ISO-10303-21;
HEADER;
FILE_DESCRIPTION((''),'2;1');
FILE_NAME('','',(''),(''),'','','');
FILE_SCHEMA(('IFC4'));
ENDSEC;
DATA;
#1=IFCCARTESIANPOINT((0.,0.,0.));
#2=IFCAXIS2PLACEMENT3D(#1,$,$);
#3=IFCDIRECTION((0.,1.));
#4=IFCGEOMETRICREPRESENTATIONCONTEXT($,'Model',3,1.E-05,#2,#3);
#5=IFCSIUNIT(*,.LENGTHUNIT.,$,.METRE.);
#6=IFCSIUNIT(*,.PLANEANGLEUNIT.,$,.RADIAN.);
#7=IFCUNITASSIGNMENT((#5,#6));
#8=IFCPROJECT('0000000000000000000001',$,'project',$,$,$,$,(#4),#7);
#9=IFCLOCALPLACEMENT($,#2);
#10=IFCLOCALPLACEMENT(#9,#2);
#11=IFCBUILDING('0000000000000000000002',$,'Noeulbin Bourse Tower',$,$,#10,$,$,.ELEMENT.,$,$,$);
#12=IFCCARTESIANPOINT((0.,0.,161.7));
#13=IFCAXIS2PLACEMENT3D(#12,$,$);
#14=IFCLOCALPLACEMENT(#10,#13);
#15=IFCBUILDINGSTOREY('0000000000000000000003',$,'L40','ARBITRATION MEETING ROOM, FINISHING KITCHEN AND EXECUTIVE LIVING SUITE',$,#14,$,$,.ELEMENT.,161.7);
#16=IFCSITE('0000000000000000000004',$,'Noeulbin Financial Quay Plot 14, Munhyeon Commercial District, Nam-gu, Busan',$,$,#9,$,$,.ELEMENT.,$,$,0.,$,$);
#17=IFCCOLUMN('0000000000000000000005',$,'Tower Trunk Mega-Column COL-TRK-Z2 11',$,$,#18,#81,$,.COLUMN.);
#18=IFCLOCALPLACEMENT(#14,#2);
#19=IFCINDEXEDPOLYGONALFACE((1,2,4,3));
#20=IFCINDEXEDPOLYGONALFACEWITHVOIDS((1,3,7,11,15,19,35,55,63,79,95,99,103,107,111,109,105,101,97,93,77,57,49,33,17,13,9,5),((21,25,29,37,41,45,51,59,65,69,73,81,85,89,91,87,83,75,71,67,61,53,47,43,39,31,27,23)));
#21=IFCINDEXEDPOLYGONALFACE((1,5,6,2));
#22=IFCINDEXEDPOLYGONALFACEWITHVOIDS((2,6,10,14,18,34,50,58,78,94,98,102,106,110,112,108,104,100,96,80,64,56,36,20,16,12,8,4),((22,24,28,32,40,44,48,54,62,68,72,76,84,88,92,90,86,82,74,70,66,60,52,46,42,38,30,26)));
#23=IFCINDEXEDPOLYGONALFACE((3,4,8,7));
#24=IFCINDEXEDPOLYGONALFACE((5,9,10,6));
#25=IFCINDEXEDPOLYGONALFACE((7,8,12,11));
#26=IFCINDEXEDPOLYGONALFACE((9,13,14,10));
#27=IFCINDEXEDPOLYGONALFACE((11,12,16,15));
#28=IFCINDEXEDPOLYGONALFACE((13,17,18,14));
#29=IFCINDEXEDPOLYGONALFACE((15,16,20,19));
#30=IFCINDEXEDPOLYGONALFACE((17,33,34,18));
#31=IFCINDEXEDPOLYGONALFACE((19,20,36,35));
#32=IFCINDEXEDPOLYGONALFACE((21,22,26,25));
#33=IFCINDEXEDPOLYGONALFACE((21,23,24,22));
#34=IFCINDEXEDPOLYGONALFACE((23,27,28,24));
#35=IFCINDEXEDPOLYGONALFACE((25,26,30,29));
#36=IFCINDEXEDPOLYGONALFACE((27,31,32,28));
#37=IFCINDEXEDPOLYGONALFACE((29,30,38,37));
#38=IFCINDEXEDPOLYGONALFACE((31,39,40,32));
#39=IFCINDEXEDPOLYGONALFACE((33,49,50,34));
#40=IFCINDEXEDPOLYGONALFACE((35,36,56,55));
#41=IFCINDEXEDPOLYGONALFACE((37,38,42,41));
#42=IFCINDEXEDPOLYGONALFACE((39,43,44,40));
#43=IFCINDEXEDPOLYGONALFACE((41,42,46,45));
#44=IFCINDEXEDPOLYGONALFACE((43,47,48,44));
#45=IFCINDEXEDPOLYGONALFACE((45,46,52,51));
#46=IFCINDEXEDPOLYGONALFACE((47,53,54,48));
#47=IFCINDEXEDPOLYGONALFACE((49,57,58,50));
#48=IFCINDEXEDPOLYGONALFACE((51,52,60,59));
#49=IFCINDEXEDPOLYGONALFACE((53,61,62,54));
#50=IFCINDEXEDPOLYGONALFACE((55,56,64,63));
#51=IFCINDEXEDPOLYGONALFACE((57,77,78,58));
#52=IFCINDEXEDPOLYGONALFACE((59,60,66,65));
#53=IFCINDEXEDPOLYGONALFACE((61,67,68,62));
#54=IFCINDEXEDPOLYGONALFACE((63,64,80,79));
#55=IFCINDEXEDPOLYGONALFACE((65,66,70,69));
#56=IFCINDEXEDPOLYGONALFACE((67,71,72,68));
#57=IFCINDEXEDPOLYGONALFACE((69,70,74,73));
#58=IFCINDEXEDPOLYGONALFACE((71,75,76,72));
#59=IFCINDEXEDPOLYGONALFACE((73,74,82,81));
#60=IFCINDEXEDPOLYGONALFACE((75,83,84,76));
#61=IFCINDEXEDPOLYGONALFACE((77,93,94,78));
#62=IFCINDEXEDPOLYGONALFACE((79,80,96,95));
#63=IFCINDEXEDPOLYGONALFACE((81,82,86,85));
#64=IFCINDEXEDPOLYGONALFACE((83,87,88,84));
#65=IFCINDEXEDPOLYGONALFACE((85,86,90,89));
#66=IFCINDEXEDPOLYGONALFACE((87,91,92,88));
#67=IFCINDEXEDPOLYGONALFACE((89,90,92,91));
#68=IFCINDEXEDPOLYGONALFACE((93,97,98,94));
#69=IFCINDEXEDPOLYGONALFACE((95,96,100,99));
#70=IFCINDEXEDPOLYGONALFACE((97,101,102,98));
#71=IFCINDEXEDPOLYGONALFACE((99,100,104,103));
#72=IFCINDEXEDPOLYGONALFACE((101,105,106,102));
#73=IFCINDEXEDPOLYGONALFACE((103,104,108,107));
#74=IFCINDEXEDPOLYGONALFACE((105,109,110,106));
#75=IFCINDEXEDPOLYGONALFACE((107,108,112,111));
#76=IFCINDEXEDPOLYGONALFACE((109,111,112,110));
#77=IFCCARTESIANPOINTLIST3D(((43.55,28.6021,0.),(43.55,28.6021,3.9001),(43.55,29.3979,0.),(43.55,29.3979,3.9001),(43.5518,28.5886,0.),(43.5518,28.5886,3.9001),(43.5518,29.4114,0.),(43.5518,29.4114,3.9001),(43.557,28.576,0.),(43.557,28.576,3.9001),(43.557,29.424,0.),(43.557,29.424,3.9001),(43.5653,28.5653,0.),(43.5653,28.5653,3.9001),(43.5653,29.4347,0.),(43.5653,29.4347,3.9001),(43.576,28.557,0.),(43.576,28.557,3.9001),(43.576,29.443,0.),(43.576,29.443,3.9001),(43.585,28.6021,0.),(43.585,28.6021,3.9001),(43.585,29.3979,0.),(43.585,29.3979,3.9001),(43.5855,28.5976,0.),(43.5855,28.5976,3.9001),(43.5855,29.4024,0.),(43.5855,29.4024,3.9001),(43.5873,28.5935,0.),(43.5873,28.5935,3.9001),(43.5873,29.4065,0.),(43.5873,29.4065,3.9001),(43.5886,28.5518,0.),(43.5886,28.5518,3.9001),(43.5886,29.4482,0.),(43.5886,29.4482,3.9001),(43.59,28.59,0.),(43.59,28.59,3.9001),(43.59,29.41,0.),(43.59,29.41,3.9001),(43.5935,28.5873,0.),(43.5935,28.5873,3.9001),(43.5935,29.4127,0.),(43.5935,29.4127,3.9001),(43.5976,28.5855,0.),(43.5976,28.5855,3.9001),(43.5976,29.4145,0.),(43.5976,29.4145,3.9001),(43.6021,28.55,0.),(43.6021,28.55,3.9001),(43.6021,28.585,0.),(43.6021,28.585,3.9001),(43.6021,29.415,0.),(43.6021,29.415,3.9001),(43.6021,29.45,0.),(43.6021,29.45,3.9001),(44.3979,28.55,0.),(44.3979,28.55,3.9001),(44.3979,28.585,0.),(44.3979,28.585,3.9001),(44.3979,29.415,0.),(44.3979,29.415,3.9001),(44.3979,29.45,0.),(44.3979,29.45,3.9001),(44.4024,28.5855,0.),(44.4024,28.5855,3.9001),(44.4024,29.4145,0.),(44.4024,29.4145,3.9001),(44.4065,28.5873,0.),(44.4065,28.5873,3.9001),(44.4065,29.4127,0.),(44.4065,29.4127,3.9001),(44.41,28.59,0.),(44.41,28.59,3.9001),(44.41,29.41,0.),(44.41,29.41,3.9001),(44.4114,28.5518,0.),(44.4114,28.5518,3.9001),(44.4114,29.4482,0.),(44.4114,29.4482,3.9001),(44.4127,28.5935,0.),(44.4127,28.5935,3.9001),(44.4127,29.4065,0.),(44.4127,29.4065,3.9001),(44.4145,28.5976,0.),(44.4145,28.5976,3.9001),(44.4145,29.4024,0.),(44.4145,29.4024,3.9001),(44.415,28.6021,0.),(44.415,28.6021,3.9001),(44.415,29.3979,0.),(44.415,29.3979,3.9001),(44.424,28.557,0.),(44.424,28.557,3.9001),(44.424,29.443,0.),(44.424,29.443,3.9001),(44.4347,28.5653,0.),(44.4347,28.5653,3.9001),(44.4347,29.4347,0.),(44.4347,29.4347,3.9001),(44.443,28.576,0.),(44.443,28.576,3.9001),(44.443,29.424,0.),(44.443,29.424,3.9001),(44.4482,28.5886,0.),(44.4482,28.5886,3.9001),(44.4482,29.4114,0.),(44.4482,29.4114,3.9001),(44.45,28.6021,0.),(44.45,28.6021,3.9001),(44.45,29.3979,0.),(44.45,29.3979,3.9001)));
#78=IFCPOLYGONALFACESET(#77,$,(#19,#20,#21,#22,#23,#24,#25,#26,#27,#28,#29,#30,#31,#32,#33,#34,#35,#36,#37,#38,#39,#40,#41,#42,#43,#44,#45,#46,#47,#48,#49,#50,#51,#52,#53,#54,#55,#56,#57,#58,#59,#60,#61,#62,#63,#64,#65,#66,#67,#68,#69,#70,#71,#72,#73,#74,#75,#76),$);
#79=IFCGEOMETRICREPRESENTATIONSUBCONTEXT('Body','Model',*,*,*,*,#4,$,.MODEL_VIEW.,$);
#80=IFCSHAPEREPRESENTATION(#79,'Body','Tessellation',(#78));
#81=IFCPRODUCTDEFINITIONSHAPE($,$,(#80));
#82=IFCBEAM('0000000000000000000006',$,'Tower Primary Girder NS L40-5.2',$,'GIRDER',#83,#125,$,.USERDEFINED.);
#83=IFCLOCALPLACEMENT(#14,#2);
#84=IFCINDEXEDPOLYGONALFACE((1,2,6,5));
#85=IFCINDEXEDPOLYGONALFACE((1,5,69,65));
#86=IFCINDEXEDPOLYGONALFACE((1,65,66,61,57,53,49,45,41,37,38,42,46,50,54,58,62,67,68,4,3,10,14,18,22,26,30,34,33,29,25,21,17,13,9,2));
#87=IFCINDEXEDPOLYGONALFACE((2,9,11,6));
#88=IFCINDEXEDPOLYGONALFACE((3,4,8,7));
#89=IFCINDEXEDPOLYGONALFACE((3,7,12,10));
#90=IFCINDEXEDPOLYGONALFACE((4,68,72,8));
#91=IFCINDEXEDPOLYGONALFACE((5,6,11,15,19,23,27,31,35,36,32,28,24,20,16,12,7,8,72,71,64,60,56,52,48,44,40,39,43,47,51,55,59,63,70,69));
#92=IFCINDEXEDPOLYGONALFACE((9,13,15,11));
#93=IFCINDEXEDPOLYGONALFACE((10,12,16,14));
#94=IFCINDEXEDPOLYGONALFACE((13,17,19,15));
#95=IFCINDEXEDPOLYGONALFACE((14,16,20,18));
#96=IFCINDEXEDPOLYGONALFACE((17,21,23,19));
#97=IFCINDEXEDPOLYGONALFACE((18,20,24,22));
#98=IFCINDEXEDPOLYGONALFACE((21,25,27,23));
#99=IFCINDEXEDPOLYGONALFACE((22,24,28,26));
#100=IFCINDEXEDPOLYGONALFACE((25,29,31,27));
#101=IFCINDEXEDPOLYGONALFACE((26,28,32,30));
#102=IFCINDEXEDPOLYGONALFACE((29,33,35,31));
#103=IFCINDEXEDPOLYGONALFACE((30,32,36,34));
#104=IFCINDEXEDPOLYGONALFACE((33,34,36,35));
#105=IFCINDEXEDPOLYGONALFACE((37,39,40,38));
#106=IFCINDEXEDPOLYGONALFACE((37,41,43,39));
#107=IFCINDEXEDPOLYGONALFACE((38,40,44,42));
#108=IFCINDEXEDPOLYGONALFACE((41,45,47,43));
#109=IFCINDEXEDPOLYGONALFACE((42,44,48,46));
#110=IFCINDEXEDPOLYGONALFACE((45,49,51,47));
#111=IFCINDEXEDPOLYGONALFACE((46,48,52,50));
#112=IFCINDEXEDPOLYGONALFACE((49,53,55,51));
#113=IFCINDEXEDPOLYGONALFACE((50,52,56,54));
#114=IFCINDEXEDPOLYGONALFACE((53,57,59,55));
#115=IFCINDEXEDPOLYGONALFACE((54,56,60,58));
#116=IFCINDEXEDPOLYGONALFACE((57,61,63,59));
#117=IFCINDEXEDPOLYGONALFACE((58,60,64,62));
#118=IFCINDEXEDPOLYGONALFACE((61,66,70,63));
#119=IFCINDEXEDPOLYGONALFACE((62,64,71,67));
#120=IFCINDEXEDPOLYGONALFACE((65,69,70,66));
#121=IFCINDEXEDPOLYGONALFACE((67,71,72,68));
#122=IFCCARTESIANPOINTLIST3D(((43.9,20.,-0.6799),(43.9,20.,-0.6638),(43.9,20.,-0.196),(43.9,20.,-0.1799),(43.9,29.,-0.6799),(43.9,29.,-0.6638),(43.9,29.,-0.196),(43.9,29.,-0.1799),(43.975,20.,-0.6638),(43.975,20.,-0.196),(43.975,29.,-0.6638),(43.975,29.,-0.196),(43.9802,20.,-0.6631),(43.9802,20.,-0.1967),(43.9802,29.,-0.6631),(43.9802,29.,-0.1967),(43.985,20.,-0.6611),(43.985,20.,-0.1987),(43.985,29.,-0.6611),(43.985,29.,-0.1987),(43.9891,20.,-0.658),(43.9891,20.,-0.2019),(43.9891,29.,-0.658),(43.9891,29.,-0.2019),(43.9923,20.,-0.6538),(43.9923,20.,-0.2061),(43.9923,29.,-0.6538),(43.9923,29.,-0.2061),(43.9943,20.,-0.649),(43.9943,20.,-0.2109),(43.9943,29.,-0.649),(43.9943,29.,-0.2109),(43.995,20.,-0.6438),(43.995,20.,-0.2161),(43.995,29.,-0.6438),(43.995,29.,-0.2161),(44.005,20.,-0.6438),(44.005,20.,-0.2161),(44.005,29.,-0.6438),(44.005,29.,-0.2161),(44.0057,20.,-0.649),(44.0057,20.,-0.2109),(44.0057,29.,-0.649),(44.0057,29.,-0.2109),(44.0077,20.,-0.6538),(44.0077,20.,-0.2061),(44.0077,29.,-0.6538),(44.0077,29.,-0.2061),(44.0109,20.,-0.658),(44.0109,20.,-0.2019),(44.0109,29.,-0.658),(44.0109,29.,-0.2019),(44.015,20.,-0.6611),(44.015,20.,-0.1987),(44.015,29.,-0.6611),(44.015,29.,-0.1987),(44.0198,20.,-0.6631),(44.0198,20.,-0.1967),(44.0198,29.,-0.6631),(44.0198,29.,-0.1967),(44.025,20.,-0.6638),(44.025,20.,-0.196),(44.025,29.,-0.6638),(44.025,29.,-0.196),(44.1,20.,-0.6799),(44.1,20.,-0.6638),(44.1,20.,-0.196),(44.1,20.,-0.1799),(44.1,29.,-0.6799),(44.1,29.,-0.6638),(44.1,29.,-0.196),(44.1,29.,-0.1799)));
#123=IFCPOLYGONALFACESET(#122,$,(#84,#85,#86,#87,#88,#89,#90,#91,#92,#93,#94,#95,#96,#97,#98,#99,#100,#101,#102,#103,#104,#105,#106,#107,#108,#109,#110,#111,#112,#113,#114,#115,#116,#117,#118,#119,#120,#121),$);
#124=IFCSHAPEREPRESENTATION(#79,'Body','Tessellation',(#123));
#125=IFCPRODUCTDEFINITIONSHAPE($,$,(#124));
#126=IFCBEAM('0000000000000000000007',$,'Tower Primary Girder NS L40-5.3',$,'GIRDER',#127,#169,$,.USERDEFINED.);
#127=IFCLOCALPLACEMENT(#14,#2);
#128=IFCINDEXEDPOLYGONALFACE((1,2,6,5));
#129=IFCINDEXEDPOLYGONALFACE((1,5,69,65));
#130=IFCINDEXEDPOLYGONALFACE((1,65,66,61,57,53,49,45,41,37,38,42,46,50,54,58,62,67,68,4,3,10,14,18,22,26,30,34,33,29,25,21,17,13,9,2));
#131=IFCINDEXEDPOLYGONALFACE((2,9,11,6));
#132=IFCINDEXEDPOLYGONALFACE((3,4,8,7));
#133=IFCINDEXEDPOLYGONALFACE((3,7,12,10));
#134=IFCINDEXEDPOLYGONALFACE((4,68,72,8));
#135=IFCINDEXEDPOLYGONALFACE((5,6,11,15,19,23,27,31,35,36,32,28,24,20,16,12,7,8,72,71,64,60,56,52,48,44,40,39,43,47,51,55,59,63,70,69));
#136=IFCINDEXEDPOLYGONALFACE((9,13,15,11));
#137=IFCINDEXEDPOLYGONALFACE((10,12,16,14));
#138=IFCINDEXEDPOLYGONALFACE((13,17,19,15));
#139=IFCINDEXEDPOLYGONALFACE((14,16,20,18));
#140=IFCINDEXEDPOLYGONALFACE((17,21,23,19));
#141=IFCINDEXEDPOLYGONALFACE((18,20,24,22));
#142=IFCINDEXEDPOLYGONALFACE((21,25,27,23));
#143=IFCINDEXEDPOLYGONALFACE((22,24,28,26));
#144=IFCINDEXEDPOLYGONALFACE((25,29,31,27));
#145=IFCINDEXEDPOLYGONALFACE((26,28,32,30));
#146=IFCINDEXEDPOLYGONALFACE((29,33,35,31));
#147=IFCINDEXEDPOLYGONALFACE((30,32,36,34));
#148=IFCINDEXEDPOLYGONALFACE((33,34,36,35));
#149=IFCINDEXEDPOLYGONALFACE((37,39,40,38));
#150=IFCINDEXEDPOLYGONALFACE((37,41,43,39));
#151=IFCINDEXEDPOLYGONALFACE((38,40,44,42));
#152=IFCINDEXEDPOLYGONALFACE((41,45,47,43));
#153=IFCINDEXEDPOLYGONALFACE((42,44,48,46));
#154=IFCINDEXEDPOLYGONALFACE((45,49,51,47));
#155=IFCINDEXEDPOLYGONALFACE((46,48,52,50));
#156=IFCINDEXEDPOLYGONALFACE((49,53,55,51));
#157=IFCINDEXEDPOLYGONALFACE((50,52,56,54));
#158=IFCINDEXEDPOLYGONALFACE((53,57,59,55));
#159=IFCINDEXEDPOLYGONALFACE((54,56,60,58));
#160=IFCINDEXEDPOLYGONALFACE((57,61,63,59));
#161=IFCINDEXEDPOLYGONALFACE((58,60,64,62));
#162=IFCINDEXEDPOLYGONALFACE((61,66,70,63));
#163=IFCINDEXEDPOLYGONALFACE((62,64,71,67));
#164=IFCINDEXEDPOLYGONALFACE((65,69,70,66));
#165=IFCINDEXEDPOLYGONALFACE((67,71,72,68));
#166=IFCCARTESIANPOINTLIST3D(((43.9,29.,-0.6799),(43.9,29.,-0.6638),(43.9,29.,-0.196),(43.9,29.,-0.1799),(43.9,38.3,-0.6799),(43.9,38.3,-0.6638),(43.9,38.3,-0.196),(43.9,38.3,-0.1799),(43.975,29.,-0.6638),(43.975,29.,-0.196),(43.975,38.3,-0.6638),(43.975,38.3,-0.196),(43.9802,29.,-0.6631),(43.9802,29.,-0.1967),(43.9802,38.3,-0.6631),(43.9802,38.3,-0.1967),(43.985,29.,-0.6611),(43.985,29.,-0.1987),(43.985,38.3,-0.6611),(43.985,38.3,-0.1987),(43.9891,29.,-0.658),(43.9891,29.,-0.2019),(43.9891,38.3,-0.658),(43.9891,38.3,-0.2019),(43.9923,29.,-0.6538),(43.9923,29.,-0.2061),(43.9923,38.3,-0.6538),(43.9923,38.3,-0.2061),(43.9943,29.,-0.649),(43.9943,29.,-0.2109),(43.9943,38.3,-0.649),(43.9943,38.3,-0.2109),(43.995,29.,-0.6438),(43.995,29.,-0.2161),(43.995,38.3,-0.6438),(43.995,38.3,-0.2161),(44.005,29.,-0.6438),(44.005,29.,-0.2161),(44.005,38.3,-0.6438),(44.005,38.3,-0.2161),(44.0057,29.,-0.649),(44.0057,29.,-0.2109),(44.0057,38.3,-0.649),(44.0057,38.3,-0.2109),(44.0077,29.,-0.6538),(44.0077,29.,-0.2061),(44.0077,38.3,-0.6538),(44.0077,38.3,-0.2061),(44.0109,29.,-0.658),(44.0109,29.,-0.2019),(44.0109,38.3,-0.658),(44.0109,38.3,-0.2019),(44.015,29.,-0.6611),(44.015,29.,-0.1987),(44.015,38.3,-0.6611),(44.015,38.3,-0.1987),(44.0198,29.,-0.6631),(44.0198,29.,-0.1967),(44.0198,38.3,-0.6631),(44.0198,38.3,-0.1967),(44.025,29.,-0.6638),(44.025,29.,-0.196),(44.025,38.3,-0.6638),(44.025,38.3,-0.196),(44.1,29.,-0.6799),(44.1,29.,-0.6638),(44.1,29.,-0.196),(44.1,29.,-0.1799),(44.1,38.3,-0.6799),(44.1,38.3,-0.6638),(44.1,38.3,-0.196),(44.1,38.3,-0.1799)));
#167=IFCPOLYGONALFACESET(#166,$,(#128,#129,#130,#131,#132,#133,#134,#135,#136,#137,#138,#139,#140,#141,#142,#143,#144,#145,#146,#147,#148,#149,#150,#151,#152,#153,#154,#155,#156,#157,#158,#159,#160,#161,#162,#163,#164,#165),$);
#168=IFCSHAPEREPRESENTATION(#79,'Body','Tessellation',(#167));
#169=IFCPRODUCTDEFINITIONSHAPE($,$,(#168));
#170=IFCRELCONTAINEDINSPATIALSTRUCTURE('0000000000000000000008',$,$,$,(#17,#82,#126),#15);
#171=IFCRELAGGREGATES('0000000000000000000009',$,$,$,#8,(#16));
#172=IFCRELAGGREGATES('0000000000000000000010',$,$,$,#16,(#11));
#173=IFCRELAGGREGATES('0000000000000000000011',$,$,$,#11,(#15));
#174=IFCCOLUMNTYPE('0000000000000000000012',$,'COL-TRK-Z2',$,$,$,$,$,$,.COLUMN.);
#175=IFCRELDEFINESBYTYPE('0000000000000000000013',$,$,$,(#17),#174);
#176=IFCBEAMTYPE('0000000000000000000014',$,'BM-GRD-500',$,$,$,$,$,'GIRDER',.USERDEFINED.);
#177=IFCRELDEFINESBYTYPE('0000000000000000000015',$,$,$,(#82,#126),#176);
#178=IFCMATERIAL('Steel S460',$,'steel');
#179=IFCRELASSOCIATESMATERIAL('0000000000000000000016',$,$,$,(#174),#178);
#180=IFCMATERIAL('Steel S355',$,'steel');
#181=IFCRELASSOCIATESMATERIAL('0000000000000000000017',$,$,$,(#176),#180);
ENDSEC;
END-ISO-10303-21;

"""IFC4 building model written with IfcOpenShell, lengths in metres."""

from ifc_helpers import new_model, si_unit, direction, frame, origin, origin_2d, place, context, subcontext, project, spatial, hollow_rectangle, i_section, extrude, material, material_profile, profile_set, type_object, element, save


model = new_model("IFC4")

# Units and contexts
model_context = context("Model", 3, precision=1e-05, world=origin(), true_north=direction((0.0, 1.0)))
body_context = subcontext(model_context, "Body", "Model", "MODEL_VIEW")
ifc_project = project(units=[si_unit("LENGTHUNIT", "METRE"), si_unit("PLANEANGLEUNIT", "RADIAN")], contexts=[model_context])

# Site, building, storey
site_placement = place(None, origin())
site = spatial("IfcSite", under=ifc_project, at=site_placement, Name="Noeulbin Financial Quay Plot 14, Munhyeon Commercial District, Nam-gu, Busan", CompositionType="ELEMENT", RefElevation=0.0)
building_placement = place(site_placement, origin())
building = spatial("IfcBuilding", under=site, at=building_placement, Name="Noeulbin Bourse Tower", CompositionType="ELEMENT")
storey_placement = place(building_placement, frame((0.0, 0.0, 161.7)))
storey = spatial("IfcBuildingStorey", under=building, at=storey_placement, Name="L40", Description="ARBITRATION MEETING ROOM, FINISHING KITCHEN AND EXECUTIVE LIVING SUITE", CompositionType="ELEMENT", Elevation=161.7)

# Column
ifc_material_1 = material(Name="Steel S355", Category="steel")
ifc_material_2 = material(Name="Steel S460", Category="steel")
ifc_material_profile_1 = material_profile(ifc_material_2, hollow_rectangle(XDim=0.8999, YDim=0.8999, WallThickness=0.0349, InnerFilletRadius=0.0171, OuterFilletRadius=0.052, at=origin_2d()), Name="BOX-900x900x35", Category="LoadBearing")
ifc_profile_set_1 = profile_set([ifc_material_profile_1], Name="Steel S460")
column_type_1 = type_object("IfcColumnType", Name="COL-TRK-Z2", PredefinedType="COLUMN", material=ifc_profile_set_1)
column_placement = place(storey_placement, frame((44.0, 29.0, 0.0), z_axis=(0.0, 0.0, 1.0), x_axis=(1.0, 0.0, 0.0)))
element("IfcColumn", 1, at=column_placement, inside=storey, type_object=column_type_1, Name="Tower Trunk Mega-Column COL-TRK-Z2 11", PredefinedType="COLUMN", context=body_context, shape_type="SweptSolid", body=[
    extrude(hollow_rectangle(XDim=0.8999, YDim=0.8999, WallThickness=0.0349, InnerFilletRadius=0.0171, OuterFilletRadius=0.052, at=origin_2d()), origin(), (0.0, 0.0, 1.0), 3.9001),
])

# Beams
ifc_material_profile_2 = material_profile(ifc_material_1, i_section(OverallWidth=0.2, OverallDepth=0.5, WebThickness=0.01, FlangeThickness=0.0161, FilletRadius=0.02, at=origin_2d()), Name="H-500x200x10x16", Category="LoadBearing")
ifc_profile_set_2 = profile_set([ifc_material_profile_2], Name="Steel S355")
beam_type_1 = type_object("IfcBeamType", Name="BM-GRD-500", ElementType="GIRDER", PredefinedType="USERDEFINED", material=ifc_profile_set_2)
beam_1_placement = place(storey_placement, frame((44.0, 20.0, -0.4299), z_axis=(0.0, 1.0, 0.0), x_axis=(-1.0, 0.0, 0.0)))
element("IfcBeam", 2, at=beam_1_placement, inside=storey, type_object=beam_type_1, Name="Tower Primary Girder NS L40-5.2", ObjectType="GIRDER", PredefinedType="USERDEFINED", context=body_context, shape_type="SweptSolid", body=[
    extrude(i_section(OverallWidth=0.2, OverallDepth=0.5, WebThickness=0.01, FlangeThickness=0.0161, FilletRadius=0.02, at=origin_2d()), origin(), (0.0, 0.0, 1.0), 9.0),
])
beam_2_placement = place(storey_placement, frame((44.0, 29.0, -0.4299), z_axis=(0.0, 1.0, 0.0), x_axis=(-1.0, 0.0, 0.0)))
element("IfcBeam", 3, at=beam_2_placement, inside=storey, type_object=beam_type_1, Name="Tower Primary Girder NS L40-5.3", ObjectType="GIRDER", PredefinedType="USERDEFINED", context=body_context, shape_type="SweptSolid", body=[
    extrude(i_section(OverallWidth=0.2, OverallDepth=0.5, WebThickness=0.01, FlangeThickness=0.0161, FilletRadius=0.02, at=origin_2d()), origin(), (0.0, 0.0, 1.0), 9.3),
])

save(model, "model.ifc")
